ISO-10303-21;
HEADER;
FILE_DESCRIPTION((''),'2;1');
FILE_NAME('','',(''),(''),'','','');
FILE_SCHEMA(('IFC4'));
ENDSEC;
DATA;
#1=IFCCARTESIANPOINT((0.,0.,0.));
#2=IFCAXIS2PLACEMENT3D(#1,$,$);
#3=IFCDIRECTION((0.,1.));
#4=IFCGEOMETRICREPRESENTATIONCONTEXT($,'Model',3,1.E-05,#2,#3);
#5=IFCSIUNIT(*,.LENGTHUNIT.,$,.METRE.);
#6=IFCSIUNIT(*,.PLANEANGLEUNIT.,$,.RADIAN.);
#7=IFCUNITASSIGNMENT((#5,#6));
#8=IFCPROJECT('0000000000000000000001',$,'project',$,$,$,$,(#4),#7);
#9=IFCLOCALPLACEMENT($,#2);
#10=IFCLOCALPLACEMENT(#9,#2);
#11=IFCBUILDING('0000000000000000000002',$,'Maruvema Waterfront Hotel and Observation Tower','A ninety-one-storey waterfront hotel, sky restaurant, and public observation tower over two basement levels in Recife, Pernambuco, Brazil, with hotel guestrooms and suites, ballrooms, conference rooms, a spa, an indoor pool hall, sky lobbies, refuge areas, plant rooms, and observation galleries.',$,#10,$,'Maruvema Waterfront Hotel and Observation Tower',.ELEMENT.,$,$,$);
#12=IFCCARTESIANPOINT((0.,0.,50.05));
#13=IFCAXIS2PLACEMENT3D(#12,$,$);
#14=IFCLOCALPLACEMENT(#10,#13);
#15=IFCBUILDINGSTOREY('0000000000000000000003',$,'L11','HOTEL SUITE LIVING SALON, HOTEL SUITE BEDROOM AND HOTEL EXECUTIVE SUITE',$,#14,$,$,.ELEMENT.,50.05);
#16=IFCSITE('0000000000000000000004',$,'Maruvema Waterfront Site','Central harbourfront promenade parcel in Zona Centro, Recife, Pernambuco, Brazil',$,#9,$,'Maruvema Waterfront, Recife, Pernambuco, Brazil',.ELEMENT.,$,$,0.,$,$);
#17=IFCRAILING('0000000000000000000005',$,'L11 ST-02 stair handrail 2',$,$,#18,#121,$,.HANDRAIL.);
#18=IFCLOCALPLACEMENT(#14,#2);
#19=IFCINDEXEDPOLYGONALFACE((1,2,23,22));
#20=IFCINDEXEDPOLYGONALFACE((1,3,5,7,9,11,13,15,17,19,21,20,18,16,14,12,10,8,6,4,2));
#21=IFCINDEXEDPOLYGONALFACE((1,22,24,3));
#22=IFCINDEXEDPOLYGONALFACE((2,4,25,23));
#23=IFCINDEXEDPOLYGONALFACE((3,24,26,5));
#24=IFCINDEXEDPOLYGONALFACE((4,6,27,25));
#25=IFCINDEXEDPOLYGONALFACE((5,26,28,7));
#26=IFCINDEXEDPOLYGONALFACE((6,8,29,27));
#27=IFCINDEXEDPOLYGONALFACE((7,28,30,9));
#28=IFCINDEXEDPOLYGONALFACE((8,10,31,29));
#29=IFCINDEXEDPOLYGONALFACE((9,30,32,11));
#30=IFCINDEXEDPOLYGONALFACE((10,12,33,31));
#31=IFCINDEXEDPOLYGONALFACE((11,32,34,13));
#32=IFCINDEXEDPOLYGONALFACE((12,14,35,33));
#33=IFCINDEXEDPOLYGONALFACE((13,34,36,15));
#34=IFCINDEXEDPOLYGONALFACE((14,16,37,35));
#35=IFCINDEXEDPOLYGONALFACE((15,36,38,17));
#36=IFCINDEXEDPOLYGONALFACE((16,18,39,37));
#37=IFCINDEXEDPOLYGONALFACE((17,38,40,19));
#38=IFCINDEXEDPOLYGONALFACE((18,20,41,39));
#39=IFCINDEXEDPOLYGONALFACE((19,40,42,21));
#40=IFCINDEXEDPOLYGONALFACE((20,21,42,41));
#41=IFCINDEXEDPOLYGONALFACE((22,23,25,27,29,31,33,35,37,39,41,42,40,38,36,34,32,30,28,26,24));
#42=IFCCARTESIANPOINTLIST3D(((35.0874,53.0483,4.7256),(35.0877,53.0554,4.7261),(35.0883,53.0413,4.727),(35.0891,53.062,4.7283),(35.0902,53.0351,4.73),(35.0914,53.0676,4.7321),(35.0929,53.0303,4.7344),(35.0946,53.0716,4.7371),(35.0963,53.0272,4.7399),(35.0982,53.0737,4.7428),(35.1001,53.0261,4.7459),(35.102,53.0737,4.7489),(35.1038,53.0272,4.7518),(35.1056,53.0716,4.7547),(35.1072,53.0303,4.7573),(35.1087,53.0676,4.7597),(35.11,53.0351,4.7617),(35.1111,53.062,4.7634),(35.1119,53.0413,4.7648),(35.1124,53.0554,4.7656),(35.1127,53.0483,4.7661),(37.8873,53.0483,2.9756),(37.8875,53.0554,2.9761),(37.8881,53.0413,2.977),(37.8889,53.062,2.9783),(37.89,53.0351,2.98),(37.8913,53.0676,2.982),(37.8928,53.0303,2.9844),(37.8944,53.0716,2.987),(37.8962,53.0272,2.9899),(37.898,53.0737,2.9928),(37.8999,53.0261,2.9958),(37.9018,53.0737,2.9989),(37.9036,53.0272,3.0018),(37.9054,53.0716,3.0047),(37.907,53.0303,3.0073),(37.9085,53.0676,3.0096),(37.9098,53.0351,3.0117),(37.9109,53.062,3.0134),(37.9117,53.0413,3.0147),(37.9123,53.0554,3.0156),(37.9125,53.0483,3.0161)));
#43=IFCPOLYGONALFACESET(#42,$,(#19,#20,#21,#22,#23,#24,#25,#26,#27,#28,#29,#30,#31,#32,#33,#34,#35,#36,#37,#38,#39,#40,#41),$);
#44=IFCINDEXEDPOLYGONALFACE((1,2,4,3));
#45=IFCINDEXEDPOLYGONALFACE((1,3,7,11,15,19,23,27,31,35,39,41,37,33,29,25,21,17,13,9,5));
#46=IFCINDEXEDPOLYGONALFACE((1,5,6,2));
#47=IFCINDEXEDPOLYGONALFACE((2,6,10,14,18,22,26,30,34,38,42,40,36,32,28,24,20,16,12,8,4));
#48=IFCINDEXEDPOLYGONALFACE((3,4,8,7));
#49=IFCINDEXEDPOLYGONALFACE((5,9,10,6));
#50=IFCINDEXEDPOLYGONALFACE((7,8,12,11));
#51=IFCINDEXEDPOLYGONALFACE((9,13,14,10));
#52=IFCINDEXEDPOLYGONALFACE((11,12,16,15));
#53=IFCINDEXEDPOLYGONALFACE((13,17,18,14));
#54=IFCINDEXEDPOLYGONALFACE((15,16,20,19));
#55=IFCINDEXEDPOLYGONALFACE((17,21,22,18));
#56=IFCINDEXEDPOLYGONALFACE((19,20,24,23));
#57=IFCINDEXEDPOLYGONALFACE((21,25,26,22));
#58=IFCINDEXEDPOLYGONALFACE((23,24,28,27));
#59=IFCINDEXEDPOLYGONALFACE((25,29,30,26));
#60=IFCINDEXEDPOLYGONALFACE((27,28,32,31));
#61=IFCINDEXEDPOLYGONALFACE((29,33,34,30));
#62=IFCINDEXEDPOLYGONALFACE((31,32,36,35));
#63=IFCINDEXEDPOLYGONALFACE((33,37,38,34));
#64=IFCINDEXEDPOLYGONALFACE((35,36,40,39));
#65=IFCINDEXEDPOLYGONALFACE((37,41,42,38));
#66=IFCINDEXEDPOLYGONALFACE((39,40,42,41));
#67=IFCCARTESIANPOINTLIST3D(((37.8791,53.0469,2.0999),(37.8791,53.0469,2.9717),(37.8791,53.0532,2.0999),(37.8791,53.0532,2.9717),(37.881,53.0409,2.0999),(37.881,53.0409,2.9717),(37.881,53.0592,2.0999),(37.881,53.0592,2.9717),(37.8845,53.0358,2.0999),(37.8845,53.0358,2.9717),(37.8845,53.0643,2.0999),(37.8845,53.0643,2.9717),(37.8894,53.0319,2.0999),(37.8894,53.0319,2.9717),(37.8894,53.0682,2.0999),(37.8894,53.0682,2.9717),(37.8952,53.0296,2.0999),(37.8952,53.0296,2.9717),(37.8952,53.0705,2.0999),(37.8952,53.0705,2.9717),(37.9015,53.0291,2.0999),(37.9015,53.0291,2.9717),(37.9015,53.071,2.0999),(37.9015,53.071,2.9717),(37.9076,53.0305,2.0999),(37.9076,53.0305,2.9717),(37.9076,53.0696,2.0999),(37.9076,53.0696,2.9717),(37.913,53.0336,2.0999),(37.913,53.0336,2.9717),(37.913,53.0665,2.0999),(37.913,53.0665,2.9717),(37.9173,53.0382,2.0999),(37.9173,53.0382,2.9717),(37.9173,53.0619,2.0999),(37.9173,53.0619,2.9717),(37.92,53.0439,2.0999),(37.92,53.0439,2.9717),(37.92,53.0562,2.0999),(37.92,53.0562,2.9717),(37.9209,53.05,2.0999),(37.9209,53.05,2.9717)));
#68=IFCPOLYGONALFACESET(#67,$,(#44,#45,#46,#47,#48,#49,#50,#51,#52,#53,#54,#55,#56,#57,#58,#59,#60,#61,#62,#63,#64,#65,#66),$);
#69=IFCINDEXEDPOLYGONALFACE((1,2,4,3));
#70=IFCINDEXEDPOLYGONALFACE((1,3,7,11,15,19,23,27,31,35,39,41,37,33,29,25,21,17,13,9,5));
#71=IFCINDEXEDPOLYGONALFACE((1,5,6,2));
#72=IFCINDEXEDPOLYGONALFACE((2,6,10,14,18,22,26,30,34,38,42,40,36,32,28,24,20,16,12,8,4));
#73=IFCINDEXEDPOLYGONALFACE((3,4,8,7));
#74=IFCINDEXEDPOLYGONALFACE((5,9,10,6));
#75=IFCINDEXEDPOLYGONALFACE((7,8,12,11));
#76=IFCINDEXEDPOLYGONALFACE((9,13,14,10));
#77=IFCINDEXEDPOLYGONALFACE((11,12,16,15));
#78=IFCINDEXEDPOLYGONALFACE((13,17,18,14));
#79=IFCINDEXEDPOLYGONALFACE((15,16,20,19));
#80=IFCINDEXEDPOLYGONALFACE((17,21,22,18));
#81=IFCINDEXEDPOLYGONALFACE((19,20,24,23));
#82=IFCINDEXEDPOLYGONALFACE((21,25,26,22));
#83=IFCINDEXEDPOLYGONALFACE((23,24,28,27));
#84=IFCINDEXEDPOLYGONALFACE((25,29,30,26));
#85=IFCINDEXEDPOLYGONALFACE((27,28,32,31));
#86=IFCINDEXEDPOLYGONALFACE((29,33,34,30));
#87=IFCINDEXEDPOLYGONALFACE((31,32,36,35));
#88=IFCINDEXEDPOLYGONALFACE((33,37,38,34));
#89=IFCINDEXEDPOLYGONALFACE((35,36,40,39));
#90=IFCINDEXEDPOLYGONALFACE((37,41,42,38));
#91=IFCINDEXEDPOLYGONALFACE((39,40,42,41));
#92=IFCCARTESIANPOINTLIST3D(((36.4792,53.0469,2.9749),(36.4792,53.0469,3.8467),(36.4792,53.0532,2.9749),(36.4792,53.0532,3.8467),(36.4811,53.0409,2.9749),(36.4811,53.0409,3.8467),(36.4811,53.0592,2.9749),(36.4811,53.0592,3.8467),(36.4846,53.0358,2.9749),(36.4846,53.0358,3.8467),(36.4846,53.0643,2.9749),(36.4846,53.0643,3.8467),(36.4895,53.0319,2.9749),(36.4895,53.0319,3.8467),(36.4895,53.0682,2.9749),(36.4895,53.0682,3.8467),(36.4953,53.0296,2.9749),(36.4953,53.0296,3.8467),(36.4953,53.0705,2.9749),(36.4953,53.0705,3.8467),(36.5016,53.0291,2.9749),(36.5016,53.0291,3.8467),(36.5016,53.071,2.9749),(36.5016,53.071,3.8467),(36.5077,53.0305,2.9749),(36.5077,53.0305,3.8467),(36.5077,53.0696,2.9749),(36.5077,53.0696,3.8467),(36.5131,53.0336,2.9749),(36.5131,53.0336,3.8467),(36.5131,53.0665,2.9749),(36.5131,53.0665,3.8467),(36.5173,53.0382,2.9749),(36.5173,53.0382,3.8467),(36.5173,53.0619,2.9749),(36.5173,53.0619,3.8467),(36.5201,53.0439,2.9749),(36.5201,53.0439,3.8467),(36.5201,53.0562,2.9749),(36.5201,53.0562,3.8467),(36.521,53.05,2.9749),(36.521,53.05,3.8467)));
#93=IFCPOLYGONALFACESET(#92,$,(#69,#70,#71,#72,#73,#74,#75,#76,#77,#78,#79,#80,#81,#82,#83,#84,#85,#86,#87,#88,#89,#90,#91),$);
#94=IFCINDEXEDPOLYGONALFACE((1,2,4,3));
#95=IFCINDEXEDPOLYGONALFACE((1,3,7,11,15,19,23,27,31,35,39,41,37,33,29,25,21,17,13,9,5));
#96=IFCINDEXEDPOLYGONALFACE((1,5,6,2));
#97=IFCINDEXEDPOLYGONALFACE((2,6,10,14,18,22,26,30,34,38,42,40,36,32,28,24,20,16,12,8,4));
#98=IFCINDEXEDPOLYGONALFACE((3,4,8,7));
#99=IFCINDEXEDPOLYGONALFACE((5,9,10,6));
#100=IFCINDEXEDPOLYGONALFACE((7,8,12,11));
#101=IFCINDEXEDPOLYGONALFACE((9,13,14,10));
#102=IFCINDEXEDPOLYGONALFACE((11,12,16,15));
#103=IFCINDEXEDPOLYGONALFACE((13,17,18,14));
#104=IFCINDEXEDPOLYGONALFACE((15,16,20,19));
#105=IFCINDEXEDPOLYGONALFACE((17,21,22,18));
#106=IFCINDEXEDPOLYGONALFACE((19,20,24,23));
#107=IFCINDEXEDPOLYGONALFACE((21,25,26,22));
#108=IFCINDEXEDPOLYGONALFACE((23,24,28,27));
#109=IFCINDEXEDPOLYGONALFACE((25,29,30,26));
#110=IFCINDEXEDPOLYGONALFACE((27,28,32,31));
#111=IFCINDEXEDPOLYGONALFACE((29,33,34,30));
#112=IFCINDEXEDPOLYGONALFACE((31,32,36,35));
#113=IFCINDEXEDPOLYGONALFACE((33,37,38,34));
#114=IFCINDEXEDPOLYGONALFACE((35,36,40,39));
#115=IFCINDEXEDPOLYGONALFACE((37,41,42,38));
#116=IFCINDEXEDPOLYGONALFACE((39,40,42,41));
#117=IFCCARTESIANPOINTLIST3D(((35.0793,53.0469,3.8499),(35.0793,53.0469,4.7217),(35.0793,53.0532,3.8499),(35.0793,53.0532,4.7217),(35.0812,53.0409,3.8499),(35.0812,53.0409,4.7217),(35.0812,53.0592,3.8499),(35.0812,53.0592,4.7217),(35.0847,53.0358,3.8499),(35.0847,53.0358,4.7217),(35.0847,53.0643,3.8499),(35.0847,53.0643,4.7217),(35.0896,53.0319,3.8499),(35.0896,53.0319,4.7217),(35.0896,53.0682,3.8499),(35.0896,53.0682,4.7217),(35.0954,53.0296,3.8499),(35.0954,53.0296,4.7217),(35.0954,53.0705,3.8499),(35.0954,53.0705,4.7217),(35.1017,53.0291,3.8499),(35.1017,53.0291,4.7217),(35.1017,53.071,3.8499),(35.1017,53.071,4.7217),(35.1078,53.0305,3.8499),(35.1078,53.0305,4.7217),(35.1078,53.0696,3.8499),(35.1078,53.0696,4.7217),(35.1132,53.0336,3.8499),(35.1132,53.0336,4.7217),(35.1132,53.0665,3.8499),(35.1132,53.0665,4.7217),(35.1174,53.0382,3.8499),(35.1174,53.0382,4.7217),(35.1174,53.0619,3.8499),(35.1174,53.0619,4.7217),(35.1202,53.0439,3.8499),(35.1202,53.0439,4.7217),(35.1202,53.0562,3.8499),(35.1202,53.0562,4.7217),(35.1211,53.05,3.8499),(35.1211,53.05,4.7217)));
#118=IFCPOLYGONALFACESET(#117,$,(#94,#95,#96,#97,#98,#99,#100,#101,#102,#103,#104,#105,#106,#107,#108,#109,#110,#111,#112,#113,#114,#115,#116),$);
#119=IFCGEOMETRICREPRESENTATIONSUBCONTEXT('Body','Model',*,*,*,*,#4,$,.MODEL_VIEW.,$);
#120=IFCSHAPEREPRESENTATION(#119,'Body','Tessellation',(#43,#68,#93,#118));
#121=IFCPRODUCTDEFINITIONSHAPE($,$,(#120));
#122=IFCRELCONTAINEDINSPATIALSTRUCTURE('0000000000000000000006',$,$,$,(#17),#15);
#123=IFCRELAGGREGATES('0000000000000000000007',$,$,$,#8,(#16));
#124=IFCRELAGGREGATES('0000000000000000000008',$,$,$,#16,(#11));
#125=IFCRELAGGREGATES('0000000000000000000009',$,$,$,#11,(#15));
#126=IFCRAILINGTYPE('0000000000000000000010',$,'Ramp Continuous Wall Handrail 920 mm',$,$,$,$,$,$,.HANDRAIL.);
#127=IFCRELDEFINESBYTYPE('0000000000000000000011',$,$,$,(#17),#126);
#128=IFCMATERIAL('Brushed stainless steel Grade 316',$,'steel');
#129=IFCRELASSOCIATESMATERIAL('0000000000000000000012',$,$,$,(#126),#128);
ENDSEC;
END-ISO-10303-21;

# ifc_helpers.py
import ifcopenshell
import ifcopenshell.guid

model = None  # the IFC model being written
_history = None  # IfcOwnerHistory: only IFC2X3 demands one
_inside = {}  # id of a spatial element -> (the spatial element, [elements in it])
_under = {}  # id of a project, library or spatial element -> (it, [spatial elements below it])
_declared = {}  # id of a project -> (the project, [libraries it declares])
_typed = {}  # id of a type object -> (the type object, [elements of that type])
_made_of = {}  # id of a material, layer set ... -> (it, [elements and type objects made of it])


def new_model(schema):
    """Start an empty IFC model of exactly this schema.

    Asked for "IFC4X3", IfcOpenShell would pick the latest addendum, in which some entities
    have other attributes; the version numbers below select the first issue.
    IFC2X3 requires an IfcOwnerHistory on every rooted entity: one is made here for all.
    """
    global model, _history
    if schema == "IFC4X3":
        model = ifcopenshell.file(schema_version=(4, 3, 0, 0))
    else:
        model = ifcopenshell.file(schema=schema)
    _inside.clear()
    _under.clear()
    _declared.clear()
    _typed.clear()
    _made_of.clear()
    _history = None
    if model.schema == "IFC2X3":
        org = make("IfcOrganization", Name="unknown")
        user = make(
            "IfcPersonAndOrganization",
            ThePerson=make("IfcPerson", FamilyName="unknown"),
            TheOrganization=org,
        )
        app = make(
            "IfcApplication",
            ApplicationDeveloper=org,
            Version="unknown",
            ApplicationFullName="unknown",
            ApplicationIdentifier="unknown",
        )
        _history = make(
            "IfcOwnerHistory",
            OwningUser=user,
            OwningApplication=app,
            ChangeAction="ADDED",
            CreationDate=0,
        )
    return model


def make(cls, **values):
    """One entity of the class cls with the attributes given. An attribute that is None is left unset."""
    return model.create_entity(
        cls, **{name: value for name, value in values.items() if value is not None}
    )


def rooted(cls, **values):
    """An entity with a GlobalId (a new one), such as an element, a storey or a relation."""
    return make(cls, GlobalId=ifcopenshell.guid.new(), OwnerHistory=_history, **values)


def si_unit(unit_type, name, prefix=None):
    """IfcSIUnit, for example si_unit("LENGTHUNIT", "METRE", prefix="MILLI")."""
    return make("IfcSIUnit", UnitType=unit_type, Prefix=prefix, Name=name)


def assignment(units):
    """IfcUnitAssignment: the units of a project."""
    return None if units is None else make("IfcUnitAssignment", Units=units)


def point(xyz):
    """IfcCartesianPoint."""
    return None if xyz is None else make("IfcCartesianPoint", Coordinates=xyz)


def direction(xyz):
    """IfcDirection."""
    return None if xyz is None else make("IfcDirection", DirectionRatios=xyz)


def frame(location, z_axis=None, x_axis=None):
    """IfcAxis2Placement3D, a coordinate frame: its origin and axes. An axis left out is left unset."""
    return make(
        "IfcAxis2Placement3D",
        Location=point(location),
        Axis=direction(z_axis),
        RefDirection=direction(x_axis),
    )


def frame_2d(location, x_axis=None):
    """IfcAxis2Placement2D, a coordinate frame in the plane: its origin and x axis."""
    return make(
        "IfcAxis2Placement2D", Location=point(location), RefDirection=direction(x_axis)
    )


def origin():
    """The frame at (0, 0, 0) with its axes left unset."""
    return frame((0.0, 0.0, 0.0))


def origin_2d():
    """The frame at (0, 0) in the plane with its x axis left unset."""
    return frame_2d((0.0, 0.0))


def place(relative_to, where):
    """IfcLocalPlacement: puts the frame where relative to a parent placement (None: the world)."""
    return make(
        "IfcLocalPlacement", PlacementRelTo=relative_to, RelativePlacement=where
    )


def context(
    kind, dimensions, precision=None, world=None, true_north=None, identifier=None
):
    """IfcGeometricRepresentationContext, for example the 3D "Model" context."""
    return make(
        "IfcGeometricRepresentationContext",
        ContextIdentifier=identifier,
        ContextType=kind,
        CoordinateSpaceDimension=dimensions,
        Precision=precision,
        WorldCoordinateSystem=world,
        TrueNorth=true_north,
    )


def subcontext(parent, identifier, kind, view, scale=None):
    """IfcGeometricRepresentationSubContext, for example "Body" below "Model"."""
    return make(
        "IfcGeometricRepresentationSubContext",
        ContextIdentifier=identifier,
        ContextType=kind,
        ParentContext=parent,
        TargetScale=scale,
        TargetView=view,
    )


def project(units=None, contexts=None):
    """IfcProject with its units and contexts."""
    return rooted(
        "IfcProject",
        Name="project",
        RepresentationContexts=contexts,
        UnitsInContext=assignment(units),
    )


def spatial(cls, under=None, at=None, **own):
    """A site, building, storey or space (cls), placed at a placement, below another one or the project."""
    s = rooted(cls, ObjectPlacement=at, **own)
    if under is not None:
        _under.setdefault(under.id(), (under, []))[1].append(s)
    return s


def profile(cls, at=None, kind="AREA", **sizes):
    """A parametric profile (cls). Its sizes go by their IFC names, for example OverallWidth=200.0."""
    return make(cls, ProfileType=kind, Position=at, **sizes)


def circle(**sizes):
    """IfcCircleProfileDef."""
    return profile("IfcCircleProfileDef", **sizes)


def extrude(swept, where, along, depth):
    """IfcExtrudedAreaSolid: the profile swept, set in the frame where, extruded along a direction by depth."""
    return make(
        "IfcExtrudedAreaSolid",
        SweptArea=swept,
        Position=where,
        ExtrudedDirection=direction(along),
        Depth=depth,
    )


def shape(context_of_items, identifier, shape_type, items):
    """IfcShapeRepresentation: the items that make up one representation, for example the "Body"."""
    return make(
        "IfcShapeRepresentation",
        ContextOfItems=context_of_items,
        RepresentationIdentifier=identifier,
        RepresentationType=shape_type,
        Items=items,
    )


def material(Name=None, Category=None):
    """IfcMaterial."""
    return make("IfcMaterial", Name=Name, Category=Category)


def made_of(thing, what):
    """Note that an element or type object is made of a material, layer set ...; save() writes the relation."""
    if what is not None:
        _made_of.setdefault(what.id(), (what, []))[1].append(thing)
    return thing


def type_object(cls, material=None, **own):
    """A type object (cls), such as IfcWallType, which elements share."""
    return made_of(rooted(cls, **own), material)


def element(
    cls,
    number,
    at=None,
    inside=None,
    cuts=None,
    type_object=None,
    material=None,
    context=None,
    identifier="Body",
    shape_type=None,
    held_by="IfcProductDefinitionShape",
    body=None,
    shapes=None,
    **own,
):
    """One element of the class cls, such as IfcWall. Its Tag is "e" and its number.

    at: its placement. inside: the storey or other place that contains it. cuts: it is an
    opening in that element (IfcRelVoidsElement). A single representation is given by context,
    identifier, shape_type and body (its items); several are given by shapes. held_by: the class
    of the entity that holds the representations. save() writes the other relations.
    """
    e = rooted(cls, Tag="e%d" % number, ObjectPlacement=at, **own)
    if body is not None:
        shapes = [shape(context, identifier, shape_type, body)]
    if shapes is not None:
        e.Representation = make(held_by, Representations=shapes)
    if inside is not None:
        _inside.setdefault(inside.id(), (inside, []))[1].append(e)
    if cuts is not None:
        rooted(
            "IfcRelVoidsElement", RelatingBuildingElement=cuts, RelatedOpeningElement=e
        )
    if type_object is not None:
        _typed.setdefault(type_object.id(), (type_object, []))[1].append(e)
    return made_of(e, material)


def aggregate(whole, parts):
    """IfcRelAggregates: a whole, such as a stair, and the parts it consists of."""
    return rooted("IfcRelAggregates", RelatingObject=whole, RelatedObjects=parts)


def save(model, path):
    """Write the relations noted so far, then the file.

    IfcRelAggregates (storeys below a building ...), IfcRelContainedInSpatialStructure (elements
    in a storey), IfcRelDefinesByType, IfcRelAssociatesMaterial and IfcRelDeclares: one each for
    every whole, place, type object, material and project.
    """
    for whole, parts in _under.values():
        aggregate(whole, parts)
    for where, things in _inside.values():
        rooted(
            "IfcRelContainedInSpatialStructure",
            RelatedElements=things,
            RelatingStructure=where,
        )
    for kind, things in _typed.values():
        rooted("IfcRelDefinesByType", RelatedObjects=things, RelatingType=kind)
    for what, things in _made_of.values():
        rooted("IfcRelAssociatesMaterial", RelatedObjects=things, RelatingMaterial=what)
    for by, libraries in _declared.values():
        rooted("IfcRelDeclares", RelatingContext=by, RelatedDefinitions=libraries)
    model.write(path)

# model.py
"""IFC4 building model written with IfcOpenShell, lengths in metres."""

from ifc_helpers import new_model, si_unit, direction, frame, origin, origin_2d, place, context, subcontext, project, spatial, circle, extrude, material, type_object, element, save


model = new_model("IFC4")

# Units and contexts
model_context = context("Model", 3, precision=1e-05, world=origin(), true_north=direction((0.0, 1.0)))
body_context = subcontext(model_context, "Body", "Model", "MODEL_VIEW")
ifc_project = project(units=[si_unit("LENGTHUNIT", "METRE"), si_unit("PLANEANGLEUNIT", "RADIAN")], contexts=[model_context])

# Site, building, storey
site_placement = place(None, origin())
site = spatial("IfcSite", under=ifc_project, at=site_placement, Name="Maruvema Waterfront Site", Description="Central harbourfront promenade parcel in Zona Centro, Recife, Pernambuco, Brazil", LongName="Maruvema Waterfront, Recife, Pernambuco, Brazil", CompositionType="ELEMENT", RefElevation=0.0)
building_placement = place(site_placement, origin())
building = spatial("IfcBuilding", under=site, at=building_placement, Name="Maruvema Waterfront Hotel and Observation Tower", Description="A ninety-one-storey waterfront hotel, sky restaurant, and public observation tower over two basement levels in Recife, Pernambuco, Brazil, with hotel guestrooms and suites, ballrooms, conference rooms, a spa, an indoor pool hall, sky lobbies, refuge areas, plant rooms, and observation galleries.", LongName="Maruvema Waterfront Hotel and Observation Tower", CompositionType="ELEMENT")
storey_placement = place(building_placement, frame((0.0, 0.0, 50.05)))
storey = spatial("IfcBuildingStorey", under=building, at=storey_placement, Name="L11", Description="HOTEL SUITE LIVING SALON, HOTEL SUITE BEDROOM AND HOTEL EXECUTIVE SUITE", CompositionType="ELEMENT", Elevation=50.05)

# Railing
ifc_material_1 = material(Name="Brushed stainless steel Grade 316", Category="steel")
railing_type_1 = type_object("IfcRailingType", Name="Ramp Continuous Wall Handrail 920 mm", PredefinedType="HANDRAIL", material=ifc_material_1)
railing_1_placement = place(storey_placement, frame((37.8999, 53.05, 2.0999)))
element("IfcRailing", 1, at=railing_1_placement, inside=storey, type_object=railing_type_1, Name="L11 ST-02 stair handrail 2", PredefinedType="HANDRAIL", context=body_context, shape_type="SweptSolid", body=[
    extrude(circle(Radius=0.0239, at=origin_2d()), frame((0.0, 0.0, 0.896), z_axis=(-0.847982, 0.0, 0.530026), x_axis=(0.0, -1.0, 0.0)), (0.0, 0.0, 1.0), 3.3018),
    extrude(circle(Radius=0.021, at=origin_2d()), origin(), (0.0, 0.0, 1.0), 0.8718),
    extrude(circle(Radius=0.021, at=origin_2d()), frame((-1.3999, 0.0, 0.875)), (0.0, 0.0, 1.0), 0.8718),
    extrude(circle(Radius=0.021, at=origin_2d()), frame((-2.7998, 0.0, 1.75)), (0.0, 0.0, 1.0), 0.8718),
])

save(model, "model.ifc")
